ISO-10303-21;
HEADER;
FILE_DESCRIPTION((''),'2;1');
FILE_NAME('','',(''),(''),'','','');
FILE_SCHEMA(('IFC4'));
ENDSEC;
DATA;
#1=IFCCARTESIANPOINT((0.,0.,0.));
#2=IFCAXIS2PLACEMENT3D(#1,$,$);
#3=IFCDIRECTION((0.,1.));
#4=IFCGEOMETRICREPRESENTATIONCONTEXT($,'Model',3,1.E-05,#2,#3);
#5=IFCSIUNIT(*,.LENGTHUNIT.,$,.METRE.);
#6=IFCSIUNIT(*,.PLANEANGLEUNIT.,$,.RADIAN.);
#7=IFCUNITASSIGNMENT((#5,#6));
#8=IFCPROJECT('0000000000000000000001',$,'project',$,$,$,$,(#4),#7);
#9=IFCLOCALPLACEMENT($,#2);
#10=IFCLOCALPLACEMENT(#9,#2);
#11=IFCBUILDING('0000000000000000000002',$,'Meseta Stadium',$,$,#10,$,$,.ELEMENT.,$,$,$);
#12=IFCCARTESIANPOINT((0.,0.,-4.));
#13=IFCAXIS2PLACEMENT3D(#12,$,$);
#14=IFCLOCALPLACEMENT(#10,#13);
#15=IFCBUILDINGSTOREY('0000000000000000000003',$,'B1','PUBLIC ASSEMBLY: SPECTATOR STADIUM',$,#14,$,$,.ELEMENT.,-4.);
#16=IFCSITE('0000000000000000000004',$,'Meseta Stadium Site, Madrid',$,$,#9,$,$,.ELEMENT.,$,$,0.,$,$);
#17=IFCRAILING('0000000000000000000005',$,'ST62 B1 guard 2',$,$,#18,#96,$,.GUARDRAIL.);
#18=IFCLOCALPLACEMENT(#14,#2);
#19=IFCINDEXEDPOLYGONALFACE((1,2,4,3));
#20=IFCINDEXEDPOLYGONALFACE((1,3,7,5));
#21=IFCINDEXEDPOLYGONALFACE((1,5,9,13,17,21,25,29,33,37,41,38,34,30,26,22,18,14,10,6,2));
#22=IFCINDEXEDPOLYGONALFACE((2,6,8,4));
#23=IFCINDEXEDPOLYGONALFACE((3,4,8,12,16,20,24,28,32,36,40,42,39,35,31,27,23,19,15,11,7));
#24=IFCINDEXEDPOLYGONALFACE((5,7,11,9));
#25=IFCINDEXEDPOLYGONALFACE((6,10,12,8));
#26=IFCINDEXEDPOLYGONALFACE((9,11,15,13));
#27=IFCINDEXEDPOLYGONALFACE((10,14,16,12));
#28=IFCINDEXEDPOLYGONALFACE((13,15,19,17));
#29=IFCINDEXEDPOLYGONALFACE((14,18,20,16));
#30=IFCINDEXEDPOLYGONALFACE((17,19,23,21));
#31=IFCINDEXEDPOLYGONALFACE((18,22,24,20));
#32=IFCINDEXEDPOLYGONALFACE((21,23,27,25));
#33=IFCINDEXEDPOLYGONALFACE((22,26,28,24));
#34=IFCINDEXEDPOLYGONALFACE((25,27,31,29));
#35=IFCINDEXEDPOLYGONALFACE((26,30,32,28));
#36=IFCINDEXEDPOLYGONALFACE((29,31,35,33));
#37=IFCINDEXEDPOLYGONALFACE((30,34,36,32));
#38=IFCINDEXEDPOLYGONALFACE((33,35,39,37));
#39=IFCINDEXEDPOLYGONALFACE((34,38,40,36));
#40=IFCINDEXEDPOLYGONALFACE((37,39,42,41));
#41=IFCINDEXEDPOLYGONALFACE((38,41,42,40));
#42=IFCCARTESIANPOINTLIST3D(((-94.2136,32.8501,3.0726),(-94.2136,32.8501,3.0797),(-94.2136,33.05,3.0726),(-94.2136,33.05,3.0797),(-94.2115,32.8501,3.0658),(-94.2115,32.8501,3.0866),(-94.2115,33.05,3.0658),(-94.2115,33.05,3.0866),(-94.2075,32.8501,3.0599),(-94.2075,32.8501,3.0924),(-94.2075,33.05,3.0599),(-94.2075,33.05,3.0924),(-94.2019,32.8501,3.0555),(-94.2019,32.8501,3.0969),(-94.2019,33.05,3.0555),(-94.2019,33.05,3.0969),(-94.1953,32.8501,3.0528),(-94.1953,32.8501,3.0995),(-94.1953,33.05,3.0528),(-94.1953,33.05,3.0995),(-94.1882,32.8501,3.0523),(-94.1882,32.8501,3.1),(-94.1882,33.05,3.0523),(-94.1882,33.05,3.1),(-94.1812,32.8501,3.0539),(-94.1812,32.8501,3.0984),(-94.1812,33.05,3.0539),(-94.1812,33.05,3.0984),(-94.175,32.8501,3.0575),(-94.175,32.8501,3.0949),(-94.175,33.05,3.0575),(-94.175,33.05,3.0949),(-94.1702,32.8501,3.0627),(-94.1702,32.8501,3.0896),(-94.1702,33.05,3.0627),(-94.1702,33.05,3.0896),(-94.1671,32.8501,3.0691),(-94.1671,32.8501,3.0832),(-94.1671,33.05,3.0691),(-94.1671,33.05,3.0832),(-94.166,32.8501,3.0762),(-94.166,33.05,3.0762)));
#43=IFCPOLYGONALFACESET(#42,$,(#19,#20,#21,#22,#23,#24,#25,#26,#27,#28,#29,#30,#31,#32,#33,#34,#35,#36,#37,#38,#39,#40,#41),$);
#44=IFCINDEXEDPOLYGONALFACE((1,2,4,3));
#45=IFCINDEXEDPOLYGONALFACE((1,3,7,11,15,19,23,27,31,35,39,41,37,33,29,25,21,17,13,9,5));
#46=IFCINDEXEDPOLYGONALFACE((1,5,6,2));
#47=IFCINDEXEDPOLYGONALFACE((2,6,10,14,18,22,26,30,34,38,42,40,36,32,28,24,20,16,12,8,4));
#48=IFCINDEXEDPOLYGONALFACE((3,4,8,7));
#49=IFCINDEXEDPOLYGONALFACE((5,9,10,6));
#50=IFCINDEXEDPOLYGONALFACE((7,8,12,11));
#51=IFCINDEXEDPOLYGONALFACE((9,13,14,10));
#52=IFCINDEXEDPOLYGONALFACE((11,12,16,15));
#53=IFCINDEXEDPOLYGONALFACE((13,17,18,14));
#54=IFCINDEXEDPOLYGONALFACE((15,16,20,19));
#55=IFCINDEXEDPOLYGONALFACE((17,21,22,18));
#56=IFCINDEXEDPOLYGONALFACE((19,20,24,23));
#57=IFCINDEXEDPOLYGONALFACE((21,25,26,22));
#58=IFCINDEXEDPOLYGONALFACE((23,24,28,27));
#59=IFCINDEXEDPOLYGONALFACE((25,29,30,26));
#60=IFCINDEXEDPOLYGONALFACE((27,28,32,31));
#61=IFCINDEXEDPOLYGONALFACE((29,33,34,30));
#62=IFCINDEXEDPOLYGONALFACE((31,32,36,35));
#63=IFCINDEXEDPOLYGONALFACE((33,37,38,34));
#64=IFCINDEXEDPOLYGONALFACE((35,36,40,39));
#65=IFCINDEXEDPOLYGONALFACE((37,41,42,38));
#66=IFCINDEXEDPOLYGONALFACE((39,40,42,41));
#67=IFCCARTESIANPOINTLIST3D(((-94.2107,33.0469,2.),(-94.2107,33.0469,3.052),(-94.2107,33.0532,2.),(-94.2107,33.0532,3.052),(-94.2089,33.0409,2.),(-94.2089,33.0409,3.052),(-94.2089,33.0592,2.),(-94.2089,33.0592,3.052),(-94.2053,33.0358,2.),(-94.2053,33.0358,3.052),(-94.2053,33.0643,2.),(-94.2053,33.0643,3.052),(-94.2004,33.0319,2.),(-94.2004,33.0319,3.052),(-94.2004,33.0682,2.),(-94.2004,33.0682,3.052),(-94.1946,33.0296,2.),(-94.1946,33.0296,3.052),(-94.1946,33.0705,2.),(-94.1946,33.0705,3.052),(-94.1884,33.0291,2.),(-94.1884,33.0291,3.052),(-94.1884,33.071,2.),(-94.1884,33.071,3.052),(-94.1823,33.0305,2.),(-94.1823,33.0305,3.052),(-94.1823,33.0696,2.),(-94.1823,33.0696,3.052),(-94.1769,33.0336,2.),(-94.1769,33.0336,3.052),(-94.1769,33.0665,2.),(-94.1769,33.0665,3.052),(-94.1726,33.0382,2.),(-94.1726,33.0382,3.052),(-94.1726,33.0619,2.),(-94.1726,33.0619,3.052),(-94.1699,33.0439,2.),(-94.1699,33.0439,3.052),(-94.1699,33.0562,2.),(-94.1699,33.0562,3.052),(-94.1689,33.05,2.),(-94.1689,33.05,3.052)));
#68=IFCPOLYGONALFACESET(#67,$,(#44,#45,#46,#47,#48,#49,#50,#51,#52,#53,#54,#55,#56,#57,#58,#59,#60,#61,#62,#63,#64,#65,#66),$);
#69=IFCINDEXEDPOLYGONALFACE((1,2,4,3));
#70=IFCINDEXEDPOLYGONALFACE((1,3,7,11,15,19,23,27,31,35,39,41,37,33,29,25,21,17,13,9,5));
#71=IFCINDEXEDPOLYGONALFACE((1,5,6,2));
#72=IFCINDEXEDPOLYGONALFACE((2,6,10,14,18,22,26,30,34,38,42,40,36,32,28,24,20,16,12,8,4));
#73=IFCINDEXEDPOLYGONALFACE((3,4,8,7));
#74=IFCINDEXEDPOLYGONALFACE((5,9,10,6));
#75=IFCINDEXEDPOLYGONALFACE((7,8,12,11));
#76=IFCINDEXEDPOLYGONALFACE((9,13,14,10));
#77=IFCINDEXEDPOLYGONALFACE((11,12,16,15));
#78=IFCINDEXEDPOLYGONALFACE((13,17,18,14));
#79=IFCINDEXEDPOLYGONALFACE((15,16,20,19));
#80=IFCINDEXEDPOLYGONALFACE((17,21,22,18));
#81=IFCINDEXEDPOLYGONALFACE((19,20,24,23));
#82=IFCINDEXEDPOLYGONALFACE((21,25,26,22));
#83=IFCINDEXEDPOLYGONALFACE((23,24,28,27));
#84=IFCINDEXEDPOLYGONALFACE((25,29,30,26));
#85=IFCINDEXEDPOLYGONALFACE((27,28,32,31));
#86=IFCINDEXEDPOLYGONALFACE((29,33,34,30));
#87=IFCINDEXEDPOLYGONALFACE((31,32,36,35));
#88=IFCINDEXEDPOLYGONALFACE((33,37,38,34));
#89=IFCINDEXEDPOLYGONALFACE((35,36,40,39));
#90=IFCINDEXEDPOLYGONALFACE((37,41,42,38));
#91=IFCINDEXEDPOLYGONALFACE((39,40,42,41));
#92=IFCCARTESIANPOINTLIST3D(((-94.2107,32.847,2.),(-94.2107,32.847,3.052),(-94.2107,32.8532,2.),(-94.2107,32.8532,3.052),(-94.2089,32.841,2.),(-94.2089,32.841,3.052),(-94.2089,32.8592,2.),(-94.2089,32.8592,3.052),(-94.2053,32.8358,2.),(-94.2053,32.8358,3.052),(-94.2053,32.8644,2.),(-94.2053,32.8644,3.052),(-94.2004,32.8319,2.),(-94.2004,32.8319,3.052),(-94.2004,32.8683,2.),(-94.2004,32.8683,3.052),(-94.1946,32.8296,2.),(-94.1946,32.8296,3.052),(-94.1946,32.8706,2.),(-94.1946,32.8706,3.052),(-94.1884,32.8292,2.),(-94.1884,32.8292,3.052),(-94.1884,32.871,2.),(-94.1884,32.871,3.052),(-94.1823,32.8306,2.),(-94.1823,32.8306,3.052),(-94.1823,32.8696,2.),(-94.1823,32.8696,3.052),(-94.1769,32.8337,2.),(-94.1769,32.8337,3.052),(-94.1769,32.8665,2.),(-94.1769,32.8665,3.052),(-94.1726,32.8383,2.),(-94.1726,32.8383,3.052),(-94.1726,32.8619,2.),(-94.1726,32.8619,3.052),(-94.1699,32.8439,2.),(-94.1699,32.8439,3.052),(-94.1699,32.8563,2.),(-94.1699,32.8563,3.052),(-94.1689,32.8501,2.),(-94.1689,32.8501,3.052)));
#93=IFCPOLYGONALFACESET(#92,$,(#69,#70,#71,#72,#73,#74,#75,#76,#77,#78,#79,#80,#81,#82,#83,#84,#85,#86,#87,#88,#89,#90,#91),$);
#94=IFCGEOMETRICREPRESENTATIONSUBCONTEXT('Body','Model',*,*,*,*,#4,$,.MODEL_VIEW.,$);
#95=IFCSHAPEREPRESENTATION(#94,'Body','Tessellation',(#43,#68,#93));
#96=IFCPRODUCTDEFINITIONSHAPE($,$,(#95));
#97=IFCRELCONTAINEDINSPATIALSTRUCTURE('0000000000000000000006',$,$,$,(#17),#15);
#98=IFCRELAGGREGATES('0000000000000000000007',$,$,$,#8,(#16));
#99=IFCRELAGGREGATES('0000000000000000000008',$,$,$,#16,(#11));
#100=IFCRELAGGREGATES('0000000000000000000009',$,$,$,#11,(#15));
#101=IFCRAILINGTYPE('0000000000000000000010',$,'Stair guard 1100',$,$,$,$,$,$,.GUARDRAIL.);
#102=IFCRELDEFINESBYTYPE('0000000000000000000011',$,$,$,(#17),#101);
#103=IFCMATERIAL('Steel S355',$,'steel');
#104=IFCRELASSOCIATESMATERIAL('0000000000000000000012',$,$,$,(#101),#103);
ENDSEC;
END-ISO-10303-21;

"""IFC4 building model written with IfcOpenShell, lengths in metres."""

from ifc_helpers import new_model, si_unit, direction, frame, origin, origin_2d, place, context, subcontext, project, spatial, circle, extrude, material, type_object, element, save


model = new_model("IFC4")

# Units and contexts
model_context = context("Model", 3, precision=1e-05, world=origin(), true_north=direction((0.0, 1.0)))
body_context = subcontext(model_context, "Body", "Model", "MODEL_VIEW")
ifc_project = project(units=[si_unit("LENGTHUNIT", "METRE"), si_unit("PLANEANGLEUNIT", "RADIAN")], contexts=[model_context])

# Site, building, storey
site_placement = place(None, origin())
site = spatial("IfcSite", under=ifc_project, at=site_placement, Name="Meseta Stadium Site, Madrid", CompositionType="ELEMENT", RefElevation=0.0)
building_placement = place(site_placement, origin())
building = spatial("IfcBuilding", under=site, at=building_placement, Name="Meseta Stadium", CompositionType="ELEMENT")
storey_placement = place(building_placement, frame((0.0, 0.0, -4.0)))
storey = spatial("IfcBuildingStorey", under=building, at=storey_placement, Name="B1", Description="PUBLIC ASSEMBLY: SPECTATOR STADIUM", CompositionType="ELEMENT", Elevation=-4.0)

# Railing
ifc_material_1 = material(Name="Steel S355", Category="steel")
railing_type_1 = type_object("IfcRailingType", Name="Stair guard 1100", PredefinedType="GUARDRAIL", material=ifc_material_1)
railing_1_placement = place(storey_placement, frame((-94.1899, 33.05, 2.0)))
element("IfcRailing", 1, at=railing_1_placement, inside=storey, type_object=railing_type_1, Name="ST62 B1 guard 2", PredefinedType="GUARDRAIL", context=body_context, shape_type="SweptSolid", body=[
    extrude(circle(Radius=0.0239, at=origin_2d()), frame((0.0, 0.0, 1.0762), z_axis=(0.0, -1.0, 0.0), x_axis=(1.0, 0.0, 0.0)), (0.0, 0.0, 1.0), 0.2),
    extrude(circle(Radius=0.021, at=origin_2d()), origin(), (0.0, 0.0, 1.0), 1.052),
    extrude(circle(Radius=0.021, at=origin_2d()), frame((0.0, -0.2, 0.0)), (0.0, 0.0, 1.0), 1.052),
])

save(model, "model.ifc")
